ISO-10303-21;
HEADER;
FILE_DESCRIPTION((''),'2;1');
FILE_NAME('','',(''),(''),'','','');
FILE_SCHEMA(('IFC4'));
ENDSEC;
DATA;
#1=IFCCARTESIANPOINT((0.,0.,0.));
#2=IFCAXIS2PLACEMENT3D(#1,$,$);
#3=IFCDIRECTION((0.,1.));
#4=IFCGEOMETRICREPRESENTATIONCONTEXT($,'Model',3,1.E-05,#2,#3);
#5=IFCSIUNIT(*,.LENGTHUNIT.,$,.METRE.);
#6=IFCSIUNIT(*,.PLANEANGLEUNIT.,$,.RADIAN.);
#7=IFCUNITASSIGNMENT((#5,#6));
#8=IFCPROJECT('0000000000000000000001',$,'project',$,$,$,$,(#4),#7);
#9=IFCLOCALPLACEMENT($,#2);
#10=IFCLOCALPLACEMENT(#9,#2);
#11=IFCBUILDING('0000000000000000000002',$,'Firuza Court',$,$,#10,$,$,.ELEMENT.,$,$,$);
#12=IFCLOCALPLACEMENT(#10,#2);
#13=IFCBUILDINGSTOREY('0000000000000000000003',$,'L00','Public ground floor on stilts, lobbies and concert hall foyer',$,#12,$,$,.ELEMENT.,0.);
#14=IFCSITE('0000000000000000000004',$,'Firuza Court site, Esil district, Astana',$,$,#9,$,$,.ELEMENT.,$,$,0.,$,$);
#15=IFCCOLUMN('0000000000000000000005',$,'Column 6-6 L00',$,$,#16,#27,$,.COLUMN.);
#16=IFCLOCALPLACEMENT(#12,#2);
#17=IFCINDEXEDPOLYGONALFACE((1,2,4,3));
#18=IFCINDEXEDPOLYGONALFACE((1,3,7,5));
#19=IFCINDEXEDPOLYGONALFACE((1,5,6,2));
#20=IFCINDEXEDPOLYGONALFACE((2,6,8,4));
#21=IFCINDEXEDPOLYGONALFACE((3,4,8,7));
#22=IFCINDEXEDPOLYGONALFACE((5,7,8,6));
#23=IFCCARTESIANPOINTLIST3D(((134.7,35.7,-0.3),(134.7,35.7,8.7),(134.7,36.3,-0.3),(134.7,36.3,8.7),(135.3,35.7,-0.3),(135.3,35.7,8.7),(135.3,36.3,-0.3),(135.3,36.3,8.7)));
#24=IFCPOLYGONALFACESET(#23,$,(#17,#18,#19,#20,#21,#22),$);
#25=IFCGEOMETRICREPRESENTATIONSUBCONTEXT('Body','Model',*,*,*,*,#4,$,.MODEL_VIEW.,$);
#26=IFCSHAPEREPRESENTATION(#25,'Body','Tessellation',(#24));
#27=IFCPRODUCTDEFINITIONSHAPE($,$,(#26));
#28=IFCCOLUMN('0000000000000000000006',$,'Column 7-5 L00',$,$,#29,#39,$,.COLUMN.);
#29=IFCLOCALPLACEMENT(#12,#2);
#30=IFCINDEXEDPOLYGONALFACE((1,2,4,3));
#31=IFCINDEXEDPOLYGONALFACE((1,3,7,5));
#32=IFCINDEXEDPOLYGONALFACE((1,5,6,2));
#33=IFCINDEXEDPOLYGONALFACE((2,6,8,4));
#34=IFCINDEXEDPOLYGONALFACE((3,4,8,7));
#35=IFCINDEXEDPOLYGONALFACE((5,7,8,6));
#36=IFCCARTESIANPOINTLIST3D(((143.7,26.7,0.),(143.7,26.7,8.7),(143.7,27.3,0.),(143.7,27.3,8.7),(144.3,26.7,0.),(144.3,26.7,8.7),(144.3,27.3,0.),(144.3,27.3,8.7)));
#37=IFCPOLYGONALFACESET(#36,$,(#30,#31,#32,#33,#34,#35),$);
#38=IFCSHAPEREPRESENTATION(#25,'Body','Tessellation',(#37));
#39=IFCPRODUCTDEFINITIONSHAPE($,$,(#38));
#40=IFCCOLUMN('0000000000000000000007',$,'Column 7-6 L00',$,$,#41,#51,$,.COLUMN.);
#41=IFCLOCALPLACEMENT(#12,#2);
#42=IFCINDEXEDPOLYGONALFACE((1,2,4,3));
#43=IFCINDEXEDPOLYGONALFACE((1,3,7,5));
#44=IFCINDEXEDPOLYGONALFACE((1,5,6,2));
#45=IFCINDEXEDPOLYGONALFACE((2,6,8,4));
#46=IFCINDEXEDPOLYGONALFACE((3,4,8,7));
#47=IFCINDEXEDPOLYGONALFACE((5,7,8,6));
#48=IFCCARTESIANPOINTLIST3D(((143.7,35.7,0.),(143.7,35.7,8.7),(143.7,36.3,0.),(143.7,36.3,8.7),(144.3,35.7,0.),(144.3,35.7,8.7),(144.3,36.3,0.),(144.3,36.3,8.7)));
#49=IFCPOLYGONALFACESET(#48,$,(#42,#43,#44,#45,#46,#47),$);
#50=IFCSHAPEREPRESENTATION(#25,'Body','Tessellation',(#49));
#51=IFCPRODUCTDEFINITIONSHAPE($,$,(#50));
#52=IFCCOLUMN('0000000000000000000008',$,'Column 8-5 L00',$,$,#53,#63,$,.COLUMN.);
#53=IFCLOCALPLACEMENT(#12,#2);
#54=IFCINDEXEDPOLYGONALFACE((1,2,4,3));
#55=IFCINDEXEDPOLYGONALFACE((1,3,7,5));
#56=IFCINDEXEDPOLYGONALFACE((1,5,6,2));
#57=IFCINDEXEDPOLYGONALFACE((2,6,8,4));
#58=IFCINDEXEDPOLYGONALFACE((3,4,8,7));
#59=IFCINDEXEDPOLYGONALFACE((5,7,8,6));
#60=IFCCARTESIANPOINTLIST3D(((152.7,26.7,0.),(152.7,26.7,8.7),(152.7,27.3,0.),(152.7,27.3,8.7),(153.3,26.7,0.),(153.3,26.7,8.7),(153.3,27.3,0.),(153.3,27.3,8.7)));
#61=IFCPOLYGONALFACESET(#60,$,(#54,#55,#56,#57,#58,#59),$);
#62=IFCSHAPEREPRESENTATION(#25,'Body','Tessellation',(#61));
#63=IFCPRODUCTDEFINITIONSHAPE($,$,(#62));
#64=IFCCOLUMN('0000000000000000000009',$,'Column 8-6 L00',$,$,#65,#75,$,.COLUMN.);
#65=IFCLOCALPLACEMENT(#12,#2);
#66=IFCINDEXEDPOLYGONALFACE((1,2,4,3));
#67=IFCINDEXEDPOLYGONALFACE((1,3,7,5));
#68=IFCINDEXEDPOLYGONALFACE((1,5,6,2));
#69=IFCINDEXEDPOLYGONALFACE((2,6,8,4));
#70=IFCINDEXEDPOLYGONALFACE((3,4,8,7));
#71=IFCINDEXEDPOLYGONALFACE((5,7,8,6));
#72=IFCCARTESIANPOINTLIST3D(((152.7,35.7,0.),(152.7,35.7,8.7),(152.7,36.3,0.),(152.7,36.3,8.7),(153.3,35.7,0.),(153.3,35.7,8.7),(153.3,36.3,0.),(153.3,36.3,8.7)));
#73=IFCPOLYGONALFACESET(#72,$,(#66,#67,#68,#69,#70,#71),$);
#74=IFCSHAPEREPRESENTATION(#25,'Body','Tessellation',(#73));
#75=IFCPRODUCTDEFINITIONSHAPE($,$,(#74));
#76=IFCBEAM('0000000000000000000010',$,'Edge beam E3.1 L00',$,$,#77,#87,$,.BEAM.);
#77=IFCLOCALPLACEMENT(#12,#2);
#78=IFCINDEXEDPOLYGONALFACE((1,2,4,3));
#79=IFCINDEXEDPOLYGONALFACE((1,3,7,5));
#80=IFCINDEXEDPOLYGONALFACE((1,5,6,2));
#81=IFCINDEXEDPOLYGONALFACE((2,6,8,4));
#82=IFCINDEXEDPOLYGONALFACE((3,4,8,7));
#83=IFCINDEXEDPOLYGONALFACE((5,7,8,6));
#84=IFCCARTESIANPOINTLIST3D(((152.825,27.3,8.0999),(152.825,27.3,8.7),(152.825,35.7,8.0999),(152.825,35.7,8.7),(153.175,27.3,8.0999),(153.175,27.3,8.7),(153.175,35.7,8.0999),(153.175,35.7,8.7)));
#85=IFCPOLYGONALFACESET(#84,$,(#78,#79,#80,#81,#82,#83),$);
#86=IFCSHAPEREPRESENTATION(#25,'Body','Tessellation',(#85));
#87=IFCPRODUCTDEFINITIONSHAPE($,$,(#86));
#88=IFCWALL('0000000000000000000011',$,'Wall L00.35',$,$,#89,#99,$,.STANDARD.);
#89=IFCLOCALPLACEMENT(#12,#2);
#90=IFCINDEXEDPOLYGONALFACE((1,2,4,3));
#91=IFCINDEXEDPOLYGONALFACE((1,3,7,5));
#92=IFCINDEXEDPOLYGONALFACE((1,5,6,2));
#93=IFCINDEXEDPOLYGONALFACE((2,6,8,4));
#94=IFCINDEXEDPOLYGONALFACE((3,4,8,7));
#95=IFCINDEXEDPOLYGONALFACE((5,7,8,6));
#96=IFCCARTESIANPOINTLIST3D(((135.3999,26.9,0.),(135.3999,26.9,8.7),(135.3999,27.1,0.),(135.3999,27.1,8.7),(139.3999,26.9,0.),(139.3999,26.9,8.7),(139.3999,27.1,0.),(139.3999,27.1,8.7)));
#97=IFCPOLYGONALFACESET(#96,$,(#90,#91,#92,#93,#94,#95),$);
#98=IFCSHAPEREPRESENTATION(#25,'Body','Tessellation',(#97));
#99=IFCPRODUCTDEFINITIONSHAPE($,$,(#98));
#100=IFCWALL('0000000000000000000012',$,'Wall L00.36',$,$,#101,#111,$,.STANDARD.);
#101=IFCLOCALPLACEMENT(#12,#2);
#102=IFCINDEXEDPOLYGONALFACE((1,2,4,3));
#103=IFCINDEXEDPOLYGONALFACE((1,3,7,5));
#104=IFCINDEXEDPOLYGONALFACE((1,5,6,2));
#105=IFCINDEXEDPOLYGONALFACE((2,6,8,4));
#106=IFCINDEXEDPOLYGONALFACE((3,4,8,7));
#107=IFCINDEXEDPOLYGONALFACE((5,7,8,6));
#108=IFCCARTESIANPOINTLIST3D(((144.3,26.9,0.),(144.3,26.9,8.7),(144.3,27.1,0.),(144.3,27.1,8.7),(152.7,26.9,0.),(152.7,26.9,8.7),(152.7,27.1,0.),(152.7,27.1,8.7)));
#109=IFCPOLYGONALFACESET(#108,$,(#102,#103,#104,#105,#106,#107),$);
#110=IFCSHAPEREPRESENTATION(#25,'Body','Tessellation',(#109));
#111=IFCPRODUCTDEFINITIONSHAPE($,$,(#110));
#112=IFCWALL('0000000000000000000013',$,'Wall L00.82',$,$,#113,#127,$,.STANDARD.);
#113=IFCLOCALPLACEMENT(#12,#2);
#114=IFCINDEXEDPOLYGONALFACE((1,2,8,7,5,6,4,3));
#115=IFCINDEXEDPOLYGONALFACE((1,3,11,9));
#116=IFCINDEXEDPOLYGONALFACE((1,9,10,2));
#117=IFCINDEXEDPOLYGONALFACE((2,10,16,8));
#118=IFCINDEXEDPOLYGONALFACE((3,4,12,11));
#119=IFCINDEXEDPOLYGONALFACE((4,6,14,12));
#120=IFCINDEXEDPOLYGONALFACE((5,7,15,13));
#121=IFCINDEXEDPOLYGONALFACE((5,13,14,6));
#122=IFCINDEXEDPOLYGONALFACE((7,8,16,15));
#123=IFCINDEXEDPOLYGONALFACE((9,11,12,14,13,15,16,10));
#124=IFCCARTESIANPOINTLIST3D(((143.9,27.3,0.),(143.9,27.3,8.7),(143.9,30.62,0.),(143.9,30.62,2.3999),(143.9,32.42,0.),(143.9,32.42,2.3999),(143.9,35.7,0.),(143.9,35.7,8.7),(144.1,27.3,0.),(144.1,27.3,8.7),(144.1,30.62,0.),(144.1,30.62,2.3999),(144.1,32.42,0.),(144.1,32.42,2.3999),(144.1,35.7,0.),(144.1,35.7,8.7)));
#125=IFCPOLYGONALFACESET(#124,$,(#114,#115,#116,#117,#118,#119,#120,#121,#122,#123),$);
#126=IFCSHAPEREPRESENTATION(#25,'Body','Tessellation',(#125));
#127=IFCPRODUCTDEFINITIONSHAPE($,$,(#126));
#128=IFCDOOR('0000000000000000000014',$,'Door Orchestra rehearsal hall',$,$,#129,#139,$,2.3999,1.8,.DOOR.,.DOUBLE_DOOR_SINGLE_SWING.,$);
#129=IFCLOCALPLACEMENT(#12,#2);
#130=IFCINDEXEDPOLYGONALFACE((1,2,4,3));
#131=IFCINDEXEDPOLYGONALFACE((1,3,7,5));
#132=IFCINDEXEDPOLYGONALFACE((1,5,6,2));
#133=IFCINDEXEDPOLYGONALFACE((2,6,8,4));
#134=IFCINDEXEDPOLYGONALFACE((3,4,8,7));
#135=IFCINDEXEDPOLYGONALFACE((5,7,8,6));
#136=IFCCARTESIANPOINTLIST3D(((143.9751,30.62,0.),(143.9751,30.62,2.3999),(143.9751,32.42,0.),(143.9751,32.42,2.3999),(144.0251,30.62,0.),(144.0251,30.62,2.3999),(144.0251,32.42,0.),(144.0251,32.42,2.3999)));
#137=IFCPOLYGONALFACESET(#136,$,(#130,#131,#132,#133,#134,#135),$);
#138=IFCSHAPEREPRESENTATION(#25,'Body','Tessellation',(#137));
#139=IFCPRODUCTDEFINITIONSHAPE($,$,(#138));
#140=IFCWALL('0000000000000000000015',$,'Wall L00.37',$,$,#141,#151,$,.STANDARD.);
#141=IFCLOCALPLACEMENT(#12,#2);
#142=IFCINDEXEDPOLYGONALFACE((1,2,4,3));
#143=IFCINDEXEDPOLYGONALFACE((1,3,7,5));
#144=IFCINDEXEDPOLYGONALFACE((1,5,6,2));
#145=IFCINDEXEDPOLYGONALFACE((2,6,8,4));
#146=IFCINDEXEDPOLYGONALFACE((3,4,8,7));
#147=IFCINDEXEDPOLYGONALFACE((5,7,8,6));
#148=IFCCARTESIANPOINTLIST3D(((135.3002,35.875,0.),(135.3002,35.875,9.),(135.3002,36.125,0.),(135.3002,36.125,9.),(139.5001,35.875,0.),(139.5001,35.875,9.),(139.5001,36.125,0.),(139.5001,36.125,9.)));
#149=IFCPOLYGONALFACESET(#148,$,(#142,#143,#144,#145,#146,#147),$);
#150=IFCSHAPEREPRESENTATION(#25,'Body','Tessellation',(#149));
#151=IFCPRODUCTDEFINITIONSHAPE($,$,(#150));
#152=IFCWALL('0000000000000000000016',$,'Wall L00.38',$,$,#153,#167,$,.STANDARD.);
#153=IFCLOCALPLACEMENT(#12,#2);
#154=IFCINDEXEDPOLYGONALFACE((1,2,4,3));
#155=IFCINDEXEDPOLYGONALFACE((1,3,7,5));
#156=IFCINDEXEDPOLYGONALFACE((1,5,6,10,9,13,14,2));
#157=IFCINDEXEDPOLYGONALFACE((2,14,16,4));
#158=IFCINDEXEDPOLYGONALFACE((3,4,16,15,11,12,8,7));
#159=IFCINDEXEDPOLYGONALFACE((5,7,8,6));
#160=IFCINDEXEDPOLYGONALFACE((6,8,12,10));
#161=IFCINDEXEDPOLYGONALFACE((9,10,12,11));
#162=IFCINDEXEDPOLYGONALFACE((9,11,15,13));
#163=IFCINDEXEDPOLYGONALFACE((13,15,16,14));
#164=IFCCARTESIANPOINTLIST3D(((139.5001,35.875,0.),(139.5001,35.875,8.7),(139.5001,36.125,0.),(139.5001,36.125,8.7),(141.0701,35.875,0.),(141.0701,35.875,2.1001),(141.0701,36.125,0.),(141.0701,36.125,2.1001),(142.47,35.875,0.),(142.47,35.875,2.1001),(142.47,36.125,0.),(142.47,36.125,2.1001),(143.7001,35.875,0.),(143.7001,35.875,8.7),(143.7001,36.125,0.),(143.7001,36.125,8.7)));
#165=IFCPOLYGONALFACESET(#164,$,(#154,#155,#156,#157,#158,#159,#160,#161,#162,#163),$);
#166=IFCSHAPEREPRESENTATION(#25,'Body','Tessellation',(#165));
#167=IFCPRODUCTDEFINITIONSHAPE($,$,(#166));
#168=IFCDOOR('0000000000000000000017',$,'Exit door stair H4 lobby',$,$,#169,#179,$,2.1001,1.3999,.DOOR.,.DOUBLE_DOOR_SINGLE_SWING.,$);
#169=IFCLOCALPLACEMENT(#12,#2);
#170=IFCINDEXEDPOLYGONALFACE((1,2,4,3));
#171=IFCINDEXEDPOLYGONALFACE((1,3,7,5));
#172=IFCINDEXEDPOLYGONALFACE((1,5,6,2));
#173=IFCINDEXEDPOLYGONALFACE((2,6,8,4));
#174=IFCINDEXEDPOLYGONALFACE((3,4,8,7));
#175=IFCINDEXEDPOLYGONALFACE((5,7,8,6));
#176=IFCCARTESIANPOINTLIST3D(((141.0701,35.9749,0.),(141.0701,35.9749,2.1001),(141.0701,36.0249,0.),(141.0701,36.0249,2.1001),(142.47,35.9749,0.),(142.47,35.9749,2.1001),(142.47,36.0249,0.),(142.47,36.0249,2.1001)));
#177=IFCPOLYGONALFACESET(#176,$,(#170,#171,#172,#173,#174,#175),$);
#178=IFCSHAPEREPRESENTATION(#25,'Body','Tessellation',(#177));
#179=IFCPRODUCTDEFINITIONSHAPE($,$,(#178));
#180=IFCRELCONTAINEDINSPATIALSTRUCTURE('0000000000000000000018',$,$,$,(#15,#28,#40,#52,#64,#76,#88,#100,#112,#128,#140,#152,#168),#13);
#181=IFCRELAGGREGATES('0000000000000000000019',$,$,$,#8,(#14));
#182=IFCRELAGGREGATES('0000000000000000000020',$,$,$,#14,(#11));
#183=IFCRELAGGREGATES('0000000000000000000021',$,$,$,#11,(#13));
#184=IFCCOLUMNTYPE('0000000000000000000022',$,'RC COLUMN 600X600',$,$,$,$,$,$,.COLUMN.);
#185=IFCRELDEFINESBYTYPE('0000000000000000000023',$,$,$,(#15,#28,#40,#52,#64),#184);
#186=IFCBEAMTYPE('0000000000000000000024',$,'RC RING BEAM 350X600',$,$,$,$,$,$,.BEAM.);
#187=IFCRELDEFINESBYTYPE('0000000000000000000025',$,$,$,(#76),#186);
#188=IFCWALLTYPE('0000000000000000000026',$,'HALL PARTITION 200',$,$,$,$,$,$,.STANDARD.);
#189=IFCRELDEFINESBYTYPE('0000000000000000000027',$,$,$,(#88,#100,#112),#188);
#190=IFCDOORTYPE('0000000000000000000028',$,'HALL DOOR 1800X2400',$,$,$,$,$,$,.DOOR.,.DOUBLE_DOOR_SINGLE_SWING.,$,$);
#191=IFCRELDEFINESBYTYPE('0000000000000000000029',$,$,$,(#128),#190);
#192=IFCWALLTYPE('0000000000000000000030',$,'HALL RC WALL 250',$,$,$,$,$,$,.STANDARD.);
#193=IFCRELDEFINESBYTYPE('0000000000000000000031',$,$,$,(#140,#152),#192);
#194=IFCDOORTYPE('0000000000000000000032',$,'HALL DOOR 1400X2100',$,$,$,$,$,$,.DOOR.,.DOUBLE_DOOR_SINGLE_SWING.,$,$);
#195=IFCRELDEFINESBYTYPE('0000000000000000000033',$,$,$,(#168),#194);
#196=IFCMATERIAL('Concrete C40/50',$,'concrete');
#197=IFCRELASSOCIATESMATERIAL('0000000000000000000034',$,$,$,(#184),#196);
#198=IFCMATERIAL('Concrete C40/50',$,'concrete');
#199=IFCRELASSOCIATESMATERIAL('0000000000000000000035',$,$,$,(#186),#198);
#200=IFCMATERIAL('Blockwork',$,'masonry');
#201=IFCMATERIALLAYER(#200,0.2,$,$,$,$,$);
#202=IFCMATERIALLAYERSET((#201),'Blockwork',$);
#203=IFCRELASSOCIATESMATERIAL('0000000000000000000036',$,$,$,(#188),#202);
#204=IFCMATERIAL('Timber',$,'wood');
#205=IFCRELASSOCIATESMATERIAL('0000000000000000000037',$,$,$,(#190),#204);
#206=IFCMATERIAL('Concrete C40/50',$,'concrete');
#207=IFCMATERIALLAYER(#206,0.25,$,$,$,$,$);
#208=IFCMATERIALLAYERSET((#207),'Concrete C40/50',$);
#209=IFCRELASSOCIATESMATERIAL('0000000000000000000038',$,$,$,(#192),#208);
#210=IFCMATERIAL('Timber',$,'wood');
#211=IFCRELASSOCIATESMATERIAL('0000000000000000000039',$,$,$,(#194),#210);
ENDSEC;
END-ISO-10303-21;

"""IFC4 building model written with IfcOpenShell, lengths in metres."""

from ifc_helpers import new_model, si_unit, direction, frame, frame_2d, origin, origin_2d, place, context, subcontext, project, spatial, rectangle, extrude, material, layer, layer_set, material_profile, profile_set, type_object, element, fill, save


model = new_model("IFC4")

# Units and contexts
model_context = context("Model", 3, precision=1e-05, world=origin(), true_north=direction((0.0, 1.0)))
body_context = subcontext(model_context, "Body", "Model", "MODEL_VIEW")
ifc_project = project(units=[si_unit("LENGTHUNIT", "METRE"), si_unit("PLANEANGLEUNIT", "RADIAN")], contexts=[model_context])

# Site, building, storey
site_placement = place(None, origin())
site = spatial("IfcSite", under=ifc_project, at=site_placement, Name="Firuza Court site, Esil district, Astana", CompositionType="ELEMENT", RefElevation=0.0)
building_placement = place(site_placement, origin())
building = spatial("IfcBuilding", under=site, at=building_placement, Name="Firuza Court", CompositionType="ELEMENT")
storey_placement = place(building_placement, origin())
storey = spatial("IfcBuildingStorey", under=building, at=storey_placement, Name="L00", Description="Public ground floor on stilts, lobbies and concert hall foyer", CompositionType="ELEMENT", Elevation=0.0)

# Columns
ifc_material_1 = material(Name="Concrete C40/50", Category="concrete")
ifc_material_profile_1 = material_profile(ifc_material_1, rectangle(XDim=0.6001, YDim=0.6001, at=origin_2d()), Name="RC 600X600")
ifc_profile_set_1 = profile_set([ifc_material_profile_1], Name="Concrete C40/50")
column_type = type_object("IfcColumnType", Name="RC COLUMN 600X600", PredefinedType="COLUMN", material=ifc_profile_set_1)
column_placement = place(storey_placement, frame((135.0, 36.0, -0.3), z_axis=(0.0, 0.0, 1.0), x_axis=(1.0, 0.0, 0.0)))
element("IfcColumn", 1, at=column_placement, inside=storey, type_object=column_type, Name="Column 6-6 L00", PredefinedType="COLUMN", context=body_context, shape_type="SweptSolid", body=[
    extrude(rectangle(XDim=0.6001, YDim=0.6001, at=origin_2d()), origin(), (0.0, 0.0, 1.0), 9.0),
])
for number, where, z_axis, x_axis, name in (
    (2, (144.0, 27.0, 0.0), (0.0, 0.0, 1.0), (1.0, 0.0, 0.0), "Column 7-5 L00"),
    (3, (144.0, 36.0, 0.0), (0.0, 0.0, 1.0), (1.0, 0.0, 0.0), "Column 7-6 L00"),
    (4, (153.0, 27.0, 0.0), (0.0, 0.0, 1.0), (1.0, 0.0, 0.0), "Column 8-5 L00"),
    (5, (153.0, 36.0, 0.0), (0.0, 0.0, 1.0), (1.0, 0.0, 0.0), "Column 8-6 L00"),
):
    element("IfcColumn", number, at=place(storey_placement, frame(where, z_axis=z_axis, x_axis=x_axis)), inside=storey, type_object=column_type, Name=name, PredefinedType="COLUMN", context=body_context, shape_type="SweptSolid", body=[
        extrude(rectangle(XDim=0.6001, YDim=0.6001, at=origin_2d()), origin(), (0.0, 0.0, 1.0), 8.7),
    ])

# Beam
ifc_material_2 = material(Name="Concrete C40/50", Category="concrete")
ifc_material_profile_2 = material_profile(ifc_material_2, rectangle(XDim=0.3501, YDim=0.6001, at=origin_2d()), Name="RC 350X600")
ifc_profile_set_2 = profile_set([ifc_material_profile_2], Name="Concrete C40/50")
beam_type = type_object("IfcBeamType", Name="RC RING BEAM 350X600", PredefinedType="BEAM", material=ifc_profile_set_2)
beam_placement = place(storey_placement, frame((153.0, 27.3, 8.3999), z_axis=(0.0, 1.0, 0.0), x_axis=(-1.0, 0.0, 0.0)))
element("IfcBeam", 6, at=beam_placement, inside=storey, type_object=beam_type, Name="Edge beam E3.1 L00", PredefinedType="BEAM", context=body_context, shape_type="SweptSolid", body=[
    extrude(rectangle(XDim=0.3501, YDim=0.6001, at=origin_2d()), origin(), (0.0, 0.0, 1.0), 8.3999),
])

# Walls
ifc_material_3 = material(Name="Blockwork", Category="masonry")
ifc_layer_1 = layer(ifc_material_3, 0.2)
ifc_layer_set_1 = layer_set([ifc_layer_1], Name="Blockwork")
wall_type_1 = type_object("IfcWallType", Name="HALL PARTITION 200", PredefinedType="STANDARD", material=ifc_layer_set_1)
wall_1_placement = place(storey_placement, frame((135.3999, 27.0, 0.0), z_axis=(0.0, 0.0, 1.0), x_axis=(1.0, 0.0, 0.0)))
element("IfcWall", 7, at=wall_1_placement, inside=storey, type_object=wall_type_1, Name="Wall L00.35", PredefinedType="STANDARD", context=body_context, shape_type="SweptSolid", body=[
    extrude(rectangle(XDim=4.0, YDim=0.2, at=frame_2d((2.0, 0.0))), origin(), (0.0, 0.0, 1.0), 8.7),
])
wall_2_placement = place(storey_placement, frame((144.3, 27.0, 0.0), z_axis=(0.0, 0.0, 1.0), x_axis=(1.0, 0.0, 0.0)))
element("IfcWall", 8, at=wall_2_placement, inside=storey, type_object=wall_type_1, Name="Wall L00.36", PredefinedType="STANDARD", context=body_context, shape_type="SweptSolid", body=[
    extrude(rectangle(XDim=8.3999, YDim=0.2, at=frame_2d((4.2, 0.0))), origin(), (0.0, 0.0, 1.0), 8.7),
])

# Wall, opening, door
wall_3_placement = place(storey_placement, frame((144.0, 27.3, 0.0), z_axis=(0.0, 0.0, 1.0), x_axis=(0.0, 1.0, 0.0)))
wall_3 = element("IfcWall", 9, at=wall_3_placement, inside=storey, type_object=wall_type_1, Name="Wall L00.82", PredefinedType="STANDARD", context=body_context, shape_type="SweptSolid", body=[
    extrude(rectangle(XDim=8.3999, YDim=0.2, at=frame_2d((4.2, 0.0))), origin(), (0.0, 0.0, 1.0), 8.7),
])
opening_1_placement = place(wall_3_placement, frame((3.3201, 0.0, 0.0)))
opening_1 = element("IfcOpeningElement", 10, at=opening_1_placement, cuts=wall_3, PredefinedType="OPENING", context=body_context, shape_type="SweptSolid", body=[
    extrude(rectangle(XDim=1.8, YDim=2.3999, at=frame_2d((0.8999, 1.2))), frame((0.0, 0.1118, 0.0), z_axis=(0.0, -1.0, 0.0), x_axis=(1.0, 0.0, 0.0)), (0.0, 0.0, 1.0), 0.2239),
])
ifc_material_4 = material(Name="Timber", Category="wood")
door_type_1 = type_object("IfcDoorType", Name="HALL DOOR 1800X2400", OperationType="DOUBLE_DOOR_SINGLE_SWING", PredefinedType="DOOR", material=ifc_material_4)
door_1_placement = place(opening_1_placement, origin())
door_1 = element("IfcDoor", 11, at=door_1_placement, inside=storey, type_object=door_type_1, Name="Door Orchestra rehearsal hall", OperationType="DOUBLE_DOOR_SINGLE_SWING", OverallHeight=2.3999, OverallWidth=1.8, PredefinedType="DOOR", context=body_context, shape_type="SweptSolid", body=[
    extrude(rectangle(XDim=1.8, YDim=2.3999, at=frame_2d((0.8999, 1.2))), frame((0.0, 0.0249, 0.0), z_axis=(0.0, -1.0, 0.0), x_axis=(1.0, 0.0, 0.0)), (0.0, 0.0, 1.0), 0.05),
])
fill(opening_1, door_1)

# Wall
ifc_material_5 = material(Name="Concrete C40/50", Category="concrete")
ifc_layer_2 = layer(ifc_material_5, 0.25)
ifc_layer_set_2 = layer_set([ifc_layer_2], Name="Concrete C40/50")
wall_type_2 = type_object("IfcWallType", Name="HALL RC WALL 250", PredefinedType="STANDARD", material=ifc_layer_set_2)
wall_4_placement = place(storey_placement, frame((135.3, 36.0, 0.0), z_axis=(0.0, 0.0, 1.0), x_axis=(1.0, 0.0, 0.0)))
element("IfcWall", 12, at=wall_4_placement, inside=storey, type_object=wall_type_2, Name="Wall L00.37", PredefinedType="STANDARD", context=body_context, shape_type="SweptSolid", body=[
    extrude(rectangle(XDim=4.2, YDim=0.25, at=frame_2d((2.1001, 0.0))), origin(), (0.0, 0.0, 1.0), 9.0),
])

# Wall, opening, door
wall_5_placement = place(storey_placement, frame((139.5, 36.0, 0.0), z_axis=(0.0, 0.0, 1.0), x_axis=(1.0, 0.0, 0.0)))
wall_5 = element("IfcWall", 13, at=wall_5_placement, inside=storey, type_object=wall_type_2, Name="Wall L00.38", PredefinedType="STANDARD", context=body_context, shape_type="SweptSolid", body=[
    extrude(rectangle(XDim=4.2, YDim=0.25, at=frame_2d((2.1001, 0.0))), origin(), (0.0, 0.0, 1.0), 8.7),
])
opening_2_placement = place(wall_5_placement, frame((1.5701, 0.0, 0.0)))
opening_2 = element("IfcOpeningElement", 14, at=opening_2_placement, cuts=wall_5, PredefinedType="OPENING", context=body_context, shape_type="SweptSolid", body=[
    extrude(rectangle(XDim=1.3999, YDim=2.1001, at=frame_2d((0.7, 1.05))), frame((0.0, 0.137, 0.0), z_axis=(0.0, -1.0, 0.0), x_axis=(1.0, 0.0, 0.0)), (0.0, 0.0, 1.0), 0.2739),
])
ifc_material_6 = material(Name="Timber", Category="wood")
door_type_2 = type_object("IfcDoorType", Name="HALL DOOR 1400X2100", OperationType="DOUBLE_DOOR_SINGLE_SWING", PredefinedType="DOOR", material=ifc_material_6)
door_2_placement = place(opening_2_placement, origin())
door_2 = element("IfcDoor", 15, at=door_2_placement, inside=storey, type_object=door_type_2, Name="Exit door stair H4 lobby", OperationType="DOUBLE_DOOR_SINGLE_SWING", OverallHeight=2.1001, OverallWidth=1.3999, PredefinedType="DOOR", context=body_context, shape_type="SweptSolid", body=[
    extrude(rectangle(XDim=1.3999, YDim=2.1001, at=frame_2d((0.7, 1.05))), frame((0.0, 0.0249, 0.0), z_axis=(0.0, -1.0, 0.0), x_axis=(1.0, 0.0, 0.0)), (0.0, 0.0, 1.0), 0.05),
])
fill(opening_2, door_2)

save(model, "model.ifc")
